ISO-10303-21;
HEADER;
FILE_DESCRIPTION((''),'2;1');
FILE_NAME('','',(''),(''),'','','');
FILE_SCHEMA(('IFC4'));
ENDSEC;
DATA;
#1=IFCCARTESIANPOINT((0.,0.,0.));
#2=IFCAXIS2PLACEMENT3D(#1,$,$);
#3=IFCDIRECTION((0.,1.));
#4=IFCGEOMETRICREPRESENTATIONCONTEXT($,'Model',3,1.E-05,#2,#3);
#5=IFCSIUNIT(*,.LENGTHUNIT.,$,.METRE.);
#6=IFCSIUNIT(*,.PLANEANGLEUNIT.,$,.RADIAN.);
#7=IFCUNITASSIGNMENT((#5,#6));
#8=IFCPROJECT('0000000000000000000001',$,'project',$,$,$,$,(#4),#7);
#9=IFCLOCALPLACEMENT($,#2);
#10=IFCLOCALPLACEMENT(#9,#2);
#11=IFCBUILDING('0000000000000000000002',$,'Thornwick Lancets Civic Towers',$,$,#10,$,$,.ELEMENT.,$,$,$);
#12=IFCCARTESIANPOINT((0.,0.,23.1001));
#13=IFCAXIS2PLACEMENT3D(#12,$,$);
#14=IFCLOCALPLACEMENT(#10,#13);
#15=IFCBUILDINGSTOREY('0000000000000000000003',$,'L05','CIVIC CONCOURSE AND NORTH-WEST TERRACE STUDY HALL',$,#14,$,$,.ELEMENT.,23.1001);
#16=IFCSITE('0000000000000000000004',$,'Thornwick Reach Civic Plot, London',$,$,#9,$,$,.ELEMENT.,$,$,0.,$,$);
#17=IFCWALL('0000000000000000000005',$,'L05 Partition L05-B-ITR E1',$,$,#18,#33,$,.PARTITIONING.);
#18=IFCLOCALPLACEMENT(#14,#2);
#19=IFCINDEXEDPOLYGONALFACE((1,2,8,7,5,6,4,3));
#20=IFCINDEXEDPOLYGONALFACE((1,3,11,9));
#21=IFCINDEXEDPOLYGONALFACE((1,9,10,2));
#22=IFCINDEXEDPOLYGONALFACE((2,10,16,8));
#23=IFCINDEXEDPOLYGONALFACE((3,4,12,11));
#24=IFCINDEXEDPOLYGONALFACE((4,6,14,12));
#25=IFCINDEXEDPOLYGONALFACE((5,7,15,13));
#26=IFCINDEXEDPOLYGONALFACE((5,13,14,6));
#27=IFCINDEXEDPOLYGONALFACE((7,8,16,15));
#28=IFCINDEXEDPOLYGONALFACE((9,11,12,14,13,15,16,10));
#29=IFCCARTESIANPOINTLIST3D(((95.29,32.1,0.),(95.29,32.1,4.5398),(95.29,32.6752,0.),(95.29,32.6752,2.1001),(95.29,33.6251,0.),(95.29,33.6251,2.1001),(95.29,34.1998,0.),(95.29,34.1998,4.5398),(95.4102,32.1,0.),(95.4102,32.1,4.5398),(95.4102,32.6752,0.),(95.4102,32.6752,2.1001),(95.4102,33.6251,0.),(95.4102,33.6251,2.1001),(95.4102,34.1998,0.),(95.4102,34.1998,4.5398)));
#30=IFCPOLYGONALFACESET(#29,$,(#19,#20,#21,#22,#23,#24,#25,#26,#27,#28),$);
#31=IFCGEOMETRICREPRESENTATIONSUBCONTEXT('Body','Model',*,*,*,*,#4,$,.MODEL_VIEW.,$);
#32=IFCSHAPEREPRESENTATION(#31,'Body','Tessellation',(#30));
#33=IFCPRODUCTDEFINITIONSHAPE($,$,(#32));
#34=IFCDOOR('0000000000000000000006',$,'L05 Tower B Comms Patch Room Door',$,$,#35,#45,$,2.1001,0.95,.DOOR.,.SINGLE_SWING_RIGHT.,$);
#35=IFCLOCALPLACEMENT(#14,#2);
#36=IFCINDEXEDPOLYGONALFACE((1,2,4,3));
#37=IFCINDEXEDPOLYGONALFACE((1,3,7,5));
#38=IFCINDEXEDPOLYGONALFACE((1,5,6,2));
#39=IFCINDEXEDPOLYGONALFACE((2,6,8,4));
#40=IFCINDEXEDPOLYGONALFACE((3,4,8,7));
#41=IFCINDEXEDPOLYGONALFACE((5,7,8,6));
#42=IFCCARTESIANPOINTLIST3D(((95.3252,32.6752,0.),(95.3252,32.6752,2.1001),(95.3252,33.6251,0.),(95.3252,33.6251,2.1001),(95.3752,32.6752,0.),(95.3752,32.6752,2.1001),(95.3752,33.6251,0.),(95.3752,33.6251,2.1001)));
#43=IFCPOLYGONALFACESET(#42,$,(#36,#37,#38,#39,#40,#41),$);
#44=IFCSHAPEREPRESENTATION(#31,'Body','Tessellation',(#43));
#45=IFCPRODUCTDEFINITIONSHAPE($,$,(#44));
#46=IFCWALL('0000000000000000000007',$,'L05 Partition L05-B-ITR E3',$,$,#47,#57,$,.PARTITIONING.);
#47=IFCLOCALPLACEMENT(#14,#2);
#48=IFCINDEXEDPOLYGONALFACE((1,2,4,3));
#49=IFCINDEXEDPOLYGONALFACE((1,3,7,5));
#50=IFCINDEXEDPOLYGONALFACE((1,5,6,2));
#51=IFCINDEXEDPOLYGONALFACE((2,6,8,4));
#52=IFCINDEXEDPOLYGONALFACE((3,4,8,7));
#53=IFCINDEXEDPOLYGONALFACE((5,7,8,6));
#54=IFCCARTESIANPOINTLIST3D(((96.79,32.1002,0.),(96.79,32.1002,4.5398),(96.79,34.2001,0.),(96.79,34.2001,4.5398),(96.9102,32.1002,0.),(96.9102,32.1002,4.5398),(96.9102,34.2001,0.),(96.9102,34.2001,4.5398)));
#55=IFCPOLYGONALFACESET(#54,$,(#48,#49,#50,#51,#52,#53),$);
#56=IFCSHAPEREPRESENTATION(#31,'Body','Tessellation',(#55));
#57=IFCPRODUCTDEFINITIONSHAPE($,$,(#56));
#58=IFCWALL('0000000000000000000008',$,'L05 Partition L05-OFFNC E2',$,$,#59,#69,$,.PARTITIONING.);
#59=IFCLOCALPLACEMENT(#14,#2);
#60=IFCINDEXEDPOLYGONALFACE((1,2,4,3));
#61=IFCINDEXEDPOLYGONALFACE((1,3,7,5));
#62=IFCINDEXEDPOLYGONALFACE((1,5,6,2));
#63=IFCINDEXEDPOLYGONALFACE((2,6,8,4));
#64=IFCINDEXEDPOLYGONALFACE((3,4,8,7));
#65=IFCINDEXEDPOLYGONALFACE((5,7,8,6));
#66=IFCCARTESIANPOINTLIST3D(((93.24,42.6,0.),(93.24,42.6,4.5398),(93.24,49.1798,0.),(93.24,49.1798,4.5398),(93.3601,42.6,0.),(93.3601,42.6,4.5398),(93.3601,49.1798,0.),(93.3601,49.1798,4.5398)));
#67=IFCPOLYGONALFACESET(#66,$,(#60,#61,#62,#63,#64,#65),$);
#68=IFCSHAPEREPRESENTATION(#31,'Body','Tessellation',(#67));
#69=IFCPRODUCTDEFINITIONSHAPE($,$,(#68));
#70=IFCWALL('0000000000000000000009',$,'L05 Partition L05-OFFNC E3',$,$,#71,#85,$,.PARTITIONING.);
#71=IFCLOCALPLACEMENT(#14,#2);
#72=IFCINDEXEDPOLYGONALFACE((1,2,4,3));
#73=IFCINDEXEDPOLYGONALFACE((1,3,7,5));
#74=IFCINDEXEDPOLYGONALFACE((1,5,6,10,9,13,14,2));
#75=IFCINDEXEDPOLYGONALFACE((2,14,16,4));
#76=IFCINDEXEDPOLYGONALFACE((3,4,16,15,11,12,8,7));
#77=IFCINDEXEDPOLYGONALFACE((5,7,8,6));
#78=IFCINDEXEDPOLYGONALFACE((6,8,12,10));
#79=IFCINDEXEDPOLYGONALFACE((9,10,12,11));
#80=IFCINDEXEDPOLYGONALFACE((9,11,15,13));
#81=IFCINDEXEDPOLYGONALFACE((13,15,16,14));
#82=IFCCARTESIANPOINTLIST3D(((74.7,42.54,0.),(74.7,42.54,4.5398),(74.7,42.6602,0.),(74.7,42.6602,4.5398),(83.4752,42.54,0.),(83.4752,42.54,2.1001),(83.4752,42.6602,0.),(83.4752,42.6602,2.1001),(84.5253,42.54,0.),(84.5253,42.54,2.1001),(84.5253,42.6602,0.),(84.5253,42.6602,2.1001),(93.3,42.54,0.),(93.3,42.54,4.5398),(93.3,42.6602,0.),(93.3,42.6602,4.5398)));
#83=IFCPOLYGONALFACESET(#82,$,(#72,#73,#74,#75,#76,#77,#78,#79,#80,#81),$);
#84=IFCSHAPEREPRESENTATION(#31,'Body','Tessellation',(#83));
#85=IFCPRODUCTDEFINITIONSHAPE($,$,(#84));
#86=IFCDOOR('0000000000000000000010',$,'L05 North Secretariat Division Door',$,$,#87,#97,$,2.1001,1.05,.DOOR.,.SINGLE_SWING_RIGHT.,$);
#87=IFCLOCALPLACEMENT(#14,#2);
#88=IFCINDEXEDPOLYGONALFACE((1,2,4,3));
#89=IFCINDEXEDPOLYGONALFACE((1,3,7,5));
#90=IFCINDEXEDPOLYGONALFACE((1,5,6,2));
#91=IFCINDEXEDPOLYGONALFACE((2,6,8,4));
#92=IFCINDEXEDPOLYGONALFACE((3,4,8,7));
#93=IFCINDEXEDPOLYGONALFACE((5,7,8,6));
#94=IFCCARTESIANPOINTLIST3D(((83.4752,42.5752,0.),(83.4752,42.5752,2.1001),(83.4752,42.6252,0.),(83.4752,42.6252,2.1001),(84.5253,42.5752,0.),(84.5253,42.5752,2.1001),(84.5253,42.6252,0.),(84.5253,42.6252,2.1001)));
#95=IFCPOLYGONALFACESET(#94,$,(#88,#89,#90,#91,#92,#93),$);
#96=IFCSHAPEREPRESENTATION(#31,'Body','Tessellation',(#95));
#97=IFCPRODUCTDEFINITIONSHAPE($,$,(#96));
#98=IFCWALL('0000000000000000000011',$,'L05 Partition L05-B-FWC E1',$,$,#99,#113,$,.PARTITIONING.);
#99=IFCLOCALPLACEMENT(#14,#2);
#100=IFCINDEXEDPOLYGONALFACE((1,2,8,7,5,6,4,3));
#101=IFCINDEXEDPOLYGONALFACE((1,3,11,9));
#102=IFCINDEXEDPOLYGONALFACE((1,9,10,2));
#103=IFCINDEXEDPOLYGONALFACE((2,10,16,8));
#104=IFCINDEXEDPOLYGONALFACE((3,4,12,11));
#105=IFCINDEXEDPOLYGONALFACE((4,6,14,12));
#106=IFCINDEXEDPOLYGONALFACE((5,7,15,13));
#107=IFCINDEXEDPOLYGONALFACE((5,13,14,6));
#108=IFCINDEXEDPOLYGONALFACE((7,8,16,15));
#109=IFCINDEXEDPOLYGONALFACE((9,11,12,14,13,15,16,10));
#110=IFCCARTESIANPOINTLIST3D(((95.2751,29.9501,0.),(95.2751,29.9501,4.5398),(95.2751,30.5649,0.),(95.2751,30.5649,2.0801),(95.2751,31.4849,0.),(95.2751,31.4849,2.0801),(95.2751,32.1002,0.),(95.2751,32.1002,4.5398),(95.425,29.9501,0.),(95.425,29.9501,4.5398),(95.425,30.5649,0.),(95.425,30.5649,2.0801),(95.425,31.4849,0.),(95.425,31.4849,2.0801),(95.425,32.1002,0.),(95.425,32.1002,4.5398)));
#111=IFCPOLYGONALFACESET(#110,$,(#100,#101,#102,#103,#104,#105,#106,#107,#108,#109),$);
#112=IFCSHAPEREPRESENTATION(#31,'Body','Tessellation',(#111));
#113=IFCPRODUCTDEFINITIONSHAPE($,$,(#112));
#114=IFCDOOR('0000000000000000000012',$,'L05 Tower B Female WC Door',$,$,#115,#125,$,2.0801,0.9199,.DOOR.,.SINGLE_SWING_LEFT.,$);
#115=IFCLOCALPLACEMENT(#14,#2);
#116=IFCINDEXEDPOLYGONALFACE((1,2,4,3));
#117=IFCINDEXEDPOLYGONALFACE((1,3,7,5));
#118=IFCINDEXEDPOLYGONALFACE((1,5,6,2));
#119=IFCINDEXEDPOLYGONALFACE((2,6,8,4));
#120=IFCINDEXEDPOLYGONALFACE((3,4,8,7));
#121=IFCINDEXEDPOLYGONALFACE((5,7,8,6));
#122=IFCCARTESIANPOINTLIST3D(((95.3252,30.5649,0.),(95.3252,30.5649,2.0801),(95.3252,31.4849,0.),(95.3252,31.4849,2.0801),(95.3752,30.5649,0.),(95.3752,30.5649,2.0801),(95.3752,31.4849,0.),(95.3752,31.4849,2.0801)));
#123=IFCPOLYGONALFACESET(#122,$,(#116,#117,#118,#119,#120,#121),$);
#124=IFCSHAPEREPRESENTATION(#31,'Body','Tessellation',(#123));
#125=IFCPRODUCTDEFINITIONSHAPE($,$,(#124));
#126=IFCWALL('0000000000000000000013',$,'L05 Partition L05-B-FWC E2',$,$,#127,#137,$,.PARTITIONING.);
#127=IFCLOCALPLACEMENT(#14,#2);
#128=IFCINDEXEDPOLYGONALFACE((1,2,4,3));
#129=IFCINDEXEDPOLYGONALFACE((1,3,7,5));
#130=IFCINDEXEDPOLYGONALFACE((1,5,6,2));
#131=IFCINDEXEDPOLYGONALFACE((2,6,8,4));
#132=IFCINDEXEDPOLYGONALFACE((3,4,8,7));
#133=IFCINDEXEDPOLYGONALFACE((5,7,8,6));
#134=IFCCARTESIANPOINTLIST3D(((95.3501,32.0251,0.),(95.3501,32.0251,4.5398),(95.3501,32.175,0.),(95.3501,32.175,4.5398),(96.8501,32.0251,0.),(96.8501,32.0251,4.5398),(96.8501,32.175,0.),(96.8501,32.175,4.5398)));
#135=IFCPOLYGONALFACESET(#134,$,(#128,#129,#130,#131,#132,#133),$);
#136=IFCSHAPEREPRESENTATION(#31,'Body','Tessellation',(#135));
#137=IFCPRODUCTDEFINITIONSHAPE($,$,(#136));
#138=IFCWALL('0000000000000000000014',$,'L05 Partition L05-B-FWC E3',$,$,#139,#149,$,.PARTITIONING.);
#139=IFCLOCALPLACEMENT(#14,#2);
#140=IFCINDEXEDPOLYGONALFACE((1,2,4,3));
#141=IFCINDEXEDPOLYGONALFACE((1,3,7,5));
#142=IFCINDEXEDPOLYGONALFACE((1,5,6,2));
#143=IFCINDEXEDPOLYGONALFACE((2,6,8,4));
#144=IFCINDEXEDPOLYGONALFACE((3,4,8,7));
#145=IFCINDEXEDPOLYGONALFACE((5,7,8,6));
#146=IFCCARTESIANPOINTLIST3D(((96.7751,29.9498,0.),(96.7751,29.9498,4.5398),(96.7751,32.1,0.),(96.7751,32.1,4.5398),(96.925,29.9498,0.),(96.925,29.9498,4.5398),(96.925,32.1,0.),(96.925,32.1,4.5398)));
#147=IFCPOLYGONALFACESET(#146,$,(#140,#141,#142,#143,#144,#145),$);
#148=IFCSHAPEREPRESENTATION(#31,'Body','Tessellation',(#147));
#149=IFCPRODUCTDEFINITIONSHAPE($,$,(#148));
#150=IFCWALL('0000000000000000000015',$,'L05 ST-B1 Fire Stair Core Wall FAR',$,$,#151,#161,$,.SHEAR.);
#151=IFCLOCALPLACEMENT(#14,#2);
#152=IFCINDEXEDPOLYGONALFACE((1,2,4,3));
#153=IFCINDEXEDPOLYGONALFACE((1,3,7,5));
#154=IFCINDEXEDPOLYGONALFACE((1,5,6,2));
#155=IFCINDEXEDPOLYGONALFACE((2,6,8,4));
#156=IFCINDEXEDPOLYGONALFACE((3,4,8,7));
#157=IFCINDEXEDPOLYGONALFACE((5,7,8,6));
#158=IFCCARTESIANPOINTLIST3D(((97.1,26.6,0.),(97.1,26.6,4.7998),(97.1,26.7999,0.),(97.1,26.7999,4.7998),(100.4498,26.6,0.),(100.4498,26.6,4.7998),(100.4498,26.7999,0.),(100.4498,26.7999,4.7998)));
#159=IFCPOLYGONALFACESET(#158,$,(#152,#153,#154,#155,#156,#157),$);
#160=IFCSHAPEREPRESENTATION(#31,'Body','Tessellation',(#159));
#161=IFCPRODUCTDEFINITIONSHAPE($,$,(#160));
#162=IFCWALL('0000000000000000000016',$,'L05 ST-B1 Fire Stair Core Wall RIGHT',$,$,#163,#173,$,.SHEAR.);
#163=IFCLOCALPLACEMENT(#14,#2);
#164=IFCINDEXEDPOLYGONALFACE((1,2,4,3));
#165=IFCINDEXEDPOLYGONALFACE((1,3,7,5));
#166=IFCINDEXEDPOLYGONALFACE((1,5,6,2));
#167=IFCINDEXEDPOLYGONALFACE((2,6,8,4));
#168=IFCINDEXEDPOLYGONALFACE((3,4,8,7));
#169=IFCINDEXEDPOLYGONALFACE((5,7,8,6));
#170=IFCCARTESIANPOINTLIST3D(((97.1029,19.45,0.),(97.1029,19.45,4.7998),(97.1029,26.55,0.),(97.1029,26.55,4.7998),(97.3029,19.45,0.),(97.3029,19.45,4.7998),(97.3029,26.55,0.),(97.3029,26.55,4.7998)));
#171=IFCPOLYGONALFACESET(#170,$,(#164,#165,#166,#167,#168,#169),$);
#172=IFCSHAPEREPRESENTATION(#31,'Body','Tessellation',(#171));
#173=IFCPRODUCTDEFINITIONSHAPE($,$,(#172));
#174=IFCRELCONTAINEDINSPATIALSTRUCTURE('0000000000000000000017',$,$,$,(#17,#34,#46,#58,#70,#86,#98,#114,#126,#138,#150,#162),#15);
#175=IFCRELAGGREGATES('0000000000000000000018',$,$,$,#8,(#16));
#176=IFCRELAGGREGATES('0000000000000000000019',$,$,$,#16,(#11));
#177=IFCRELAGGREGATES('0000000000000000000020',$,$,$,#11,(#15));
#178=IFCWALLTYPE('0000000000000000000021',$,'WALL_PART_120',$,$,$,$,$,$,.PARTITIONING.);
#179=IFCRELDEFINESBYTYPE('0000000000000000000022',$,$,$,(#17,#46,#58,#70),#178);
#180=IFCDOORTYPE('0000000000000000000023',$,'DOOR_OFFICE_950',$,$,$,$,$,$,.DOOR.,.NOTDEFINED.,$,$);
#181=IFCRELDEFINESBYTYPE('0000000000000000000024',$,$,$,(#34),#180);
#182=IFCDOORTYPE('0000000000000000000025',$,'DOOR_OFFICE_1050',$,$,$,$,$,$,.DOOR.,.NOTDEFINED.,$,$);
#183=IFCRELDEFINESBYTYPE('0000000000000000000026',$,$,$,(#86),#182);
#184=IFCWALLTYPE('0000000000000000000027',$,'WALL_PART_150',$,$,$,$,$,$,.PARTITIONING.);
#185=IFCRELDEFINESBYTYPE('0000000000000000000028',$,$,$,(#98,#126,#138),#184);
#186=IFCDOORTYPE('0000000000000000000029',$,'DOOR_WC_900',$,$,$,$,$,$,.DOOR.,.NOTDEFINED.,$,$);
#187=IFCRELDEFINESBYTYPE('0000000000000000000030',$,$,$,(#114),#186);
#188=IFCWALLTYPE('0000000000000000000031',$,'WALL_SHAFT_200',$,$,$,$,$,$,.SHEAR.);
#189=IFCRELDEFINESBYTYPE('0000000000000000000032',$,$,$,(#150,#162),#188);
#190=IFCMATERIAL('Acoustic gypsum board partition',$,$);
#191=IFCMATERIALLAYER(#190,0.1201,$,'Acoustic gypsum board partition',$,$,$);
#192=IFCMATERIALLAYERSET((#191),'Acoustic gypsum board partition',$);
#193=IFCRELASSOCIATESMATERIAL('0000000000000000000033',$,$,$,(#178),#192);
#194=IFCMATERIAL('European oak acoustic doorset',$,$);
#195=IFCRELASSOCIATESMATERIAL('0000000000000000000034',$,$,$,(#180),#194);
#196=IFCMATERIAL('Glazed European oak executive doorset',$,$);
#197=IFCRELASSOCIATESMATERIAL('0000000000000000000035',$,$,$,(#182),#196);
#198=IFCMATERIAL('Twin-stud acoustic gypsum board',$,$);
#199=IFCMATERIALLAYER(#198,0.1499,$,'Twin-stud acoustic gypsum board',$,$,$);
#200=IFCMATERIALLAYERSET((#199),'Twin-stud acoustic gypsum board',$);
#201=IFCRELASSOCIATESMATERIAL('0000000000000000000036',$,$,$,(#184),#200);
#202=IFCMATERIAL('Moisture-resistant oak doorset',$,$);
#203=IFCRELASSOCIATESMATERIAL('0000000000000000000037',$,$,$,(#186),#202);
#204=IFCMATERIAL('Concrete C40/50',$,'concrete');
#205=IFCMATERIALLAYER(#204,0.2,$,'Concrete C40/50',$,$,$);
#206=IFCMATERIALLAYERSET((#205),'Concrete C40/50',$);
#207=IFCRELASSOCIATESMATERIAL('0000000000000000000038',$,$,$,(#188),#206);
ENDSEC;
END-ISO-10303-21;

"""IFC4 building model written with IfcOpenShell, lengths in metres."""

from ifc_helpers import new_model, si_unit, direction, frame, frame_2d, origin, place, context, subcontext, project, spatial, rectangle, extrude, material, layer, layer_set, type_object, element, fill, save


model = new_model("IFC4")

# Units and contexts
model_context = context("Model", 3, precision=1e-05, world=origin(), true_north=direction((0.0, 1.0)))
body_context = subcontext(model_context, "Body", "Model", "MODEL_VIEW")
ifc_project = project(units=[si_unit("LENGTHUNIT", "METRE"), si_unit("PLANEANGLEUNIT", "RADIAN")], contexts=[model_context])

# Site, building, storey
site_placement = place(None, origin())
site = spatial("IfcSite", under=ifc_project, at=site_placement, Name="Thornwick Reach Civic Plot, London", CompositionType="ELEMENT", RefElevation=0.0)
building_placement = place(site_placement, origin())
building = spatial("IfcBuilding", under=site, at=building_placement, Name="Thornwick Lancets Civic Towers", CompositionType="ELEMENT")
storey_placement = place(building_placement, frame((0.0, 0.0, 23.1001)))
storey = spatial("IfcBuildingStorey", under=building, at=storey_placement, Name="L05", Description="CIVIC CONCOURSE AND NORTH-WEST TERRACE STUDY HALL", CompositionType="ELEMENT", Elevation=23.1001)

# Wall, opening, door
ifc_material_1 = material(Name="Acoustic gypsum board partition")
ifc_layer_1 = layer(ifc_material_1, 0.1201, Name="Acoustic gypsum board partition")
ifc_layer_set_1 = layer_set([ifc_layer_1], Name="Acoustic gypsum board partition")
wall_type_1 = type_object("IfcWallType", Name="WALL_PART_120", PredefinedType="PARTITIONING", material=ifc_layer_set_1)
wall_1_placement = place(storey_placement, frame((95.3501, 32.1001, 0.0), z_axis=(0.0, 0.0, 1.0), x_axis=(0.0, 1.0, 0.0)))
wall_1 = element("IfcWall", 1, at=wall_1_placement, inside=storey, type_object=wall_type_1, Name="L05 Partition L05-B-ITR E1", PredefinedType="PARTITIONING", context=body_context, shape_type="SweptSolid", body=[
    extrude(rectangle(XDim=2.0999, YDim=0.1201, at=frame_2d((1.0498, 0.0))), origin(), (0.0, 0.0, 1.0), 4.5398),
])
opening_1_placement = place(wall_1_placement, frame((0.575, 0.0, 0.0)))
opening_1 = element("IfcOpeningElement", 2, at=opening_1_placement, cuts=wall_1, PredefinedType="OPENING", context=body_context, shape_type="SweptSolid", body=[
    extrude(rectangle(XDim=0.95, YDim=2.1001, at=frame_2d((0.4751, 1.05))), frame((0.0, 0.0701, 0.0), z_axis=(0.0, -1.0, 0.0), x_axis=(1.0, 0.0, 0.0)), (0.0, 0.0, 1.0), 0.1401),
])
ifc_material_2 = material(Name="European oak acoustic doorset")
door_type_1 = type_object("IfcDoorType", Name="DOOR_OFFICE_950", OperationType="NOTDEFINED", PredefinedType="DOOR", material=ifc_material_2)
door_1_placement = place(opening_1_placement, origin())
door_1 = element("IfcDoor", 3, at=door_1_placement, inside=storey, type_object=door_type_1, Name="L05 Tower B Comms Patch Room Door", OperationType="SINGLE_SWING_RIGHT", OverallHeight=2.1001, OverallWidth=0.95, PredefinedType="DOOR", context=body_context, shape_type="SweptSolid", body=[
    extrude(rectangle(XDim=0.95, YDim=2.1001, at=frame_2d((0.4751, 1.05))), frame((0.0, 0.0249, 0.0), z_axis=(0.0, -1.0, 0.0), x_axis=(1.0, 0.0, 0.0)), (0.0, 0.0, 1.0), 0.05),
])
fill(opening_1, door_1)

# Walls
wall_2_placement = place(storey_placement, frame((96.8501, 34.2, 0.0), z_axis=(0.0, 0.0, 1.0), x_axis=(0.0, -1.0, 0.0)))
element("IfcWall", 4, at=wall_2_placement, inside=storey, type_object=wall_type_1, Name="L05 Partition L05-B-ITR E3", PredefinedType="PARTITIONING", context=body_context, shape_type="SweptSolid", body=[
    extrude(rectangle(XDim=2.0999, YDim=0.1201, at=frame_2d((1.0498, 0.0))), origin(), (0.0, 0.0, 1.0), 4.5398),
])
wall_3_placement = place(storey_placement, frame((93.3, 49.1799, 0.0), z_axis=(0.0, 0.0, 1.0), x_axis=(0.0, -1.0, 0.0)))
element("IfcWall", 5, at=wall_3_placement, inside=storey, type_object=wall_type_1, Name="L05 Partition L05-OFFNC E2", PredefinedType="PARTITIONING", context=body_context, shape_type="SweptSolid", body=[
    extrude(rectangle(XDim=6.5798, YDim=0.1201, at=frame_2d((3.29, 0.0))), origin(), (0.0, 0.0, 1.0), 4.5398),
])

# Walls, openings, doors
wall_4_placement = place(storey_placement, frame((93.3, 42.6001, 0.0), z_axis=(0.0, 0.0, 1.0), x_axis=(-1.0, 0.0, 0.0)))
wall_4 = element("IfcWall", 6, at=wall_4_placement, inside=storey, type_object=wall_type_1, Name="L05 Partition L05-OFFNC E3", PredefinedType="PARTITIONING", context=body_context, shape_type="SweptSolid", body=[
    extrude(rectangle(XDim=18.6001, YDim=0.1201, at=frame_2d((9.3, 0.0))), origin(), (0.0, 0.0, 1.0), 4.5398),
])
opening_2_placement = place(wall_4_placement, frame((8.7749, 0.0, 0.0)))
opening_2 = element("IfcOpeningElement", 7, at=opening_2_placement, cuts=wall_4, PredefinedType="OPENING", context=body_context, shape_type="SweptSolid", body=[
    extrude(rectangle(XDim=1.05, YDim=2.1001, at=frame_2d((0.5249, 1.05))), frame((0.0, 0.0701, 0.0), z_axis=(0.0, -1.0, 0.0), x_axis=(1.0, 0.0, 0.0)), (0.0, 0.0, 1.0), 0.1401),
])
ifc_material_3 = material(Name="Glazed European oak executive doorset")
door_type_2 = type_object("IfcDoorType", Name="DOOR_OFFICE_1050", OperationType="NOTDEFINED", PredefinedType="DOOR", material=ifc_material_3)
door_2_placement = place(opening_2_placement, origin())
door_2 = element("IfcDoor", 8, at=door_2_placement, inside=storey, type_object=door_type_2, Name="L05 North Secretariat Division Door", OperationType="SINGLE_SWING_RIGHT", OverallHeight=2.1001, OverallWidth=1.05, PredefinedType="DOOR", context=body_context, shape_type="SweptSolid", body=[
    extrude(rectangle(XDim=1.05, YDim=2.1001, at=frame_2d((0.5249, 1.05))), frame((0.0, 0.0249, 0.0), z_axis=(0.0, -1.0, 0.0), x_axis=(1.0, 0.0, 0.0)), (0.0, 0.0, 1.0), 0.05),
])
fill(opening_2, door_2)
ifc_material_4 = material(Name="Twin-stud acoustic gypsum board")
ifc_layer_2 = layer(ifc_material_4, 0.1499, Name="Twin-stud acoustic gypsum board")
ifc_layer_set_2 = layer_set([ifc_layer_2], Name="Twin-stud acoustic gypsum board")
wall_type_2 = type_object("IfcWallType", Name="WALL_PART_150", PredefinedType="PARTITIONING", material=ifc_layer_set_2)
wall_5_placement = place(storey_placement, frame((95.3501, 29.95, 0.0), z_axis=(0.0, 0.0, 1.0), x_axis=(0.0, 1.0, 0.0)))
wall_5 = element("IfcWall", 9, at=wall_5_placement, inside=storey, type_object=wall_type_2, Name="L05 Partition L05-B-FWC E1", PredefinedType="PARTITIONING", context=body_context, shape_type="SweptSolid", body=[
    extrude(rectangle(XDim=2.1501, YDim=0.1499, at=frame_2d((1.0752, 0.0))), origin(), (0.0, 0.0, 1.0), 4.5398),
])
opening_3_placement = place(wall_5_placement, frame((0.615, 0.0, 0.0)))
opening_3 = element("IfcOpeningElement", 10, at=opening_3_placement, cuts=wall_5, PredefinedType="OPENING", context=body_context, shape_type="SweptSolid", body=[
    extrude(rectangle(XDim=0.9199, YDim=2.0801, at=frame_2d((0.46, 1.04))), frame((0.0, 0.085, 0.0), z_axis=(0.0, -1.0, 0.0), x_axis=(1.0, 0.0, 0.0)), (0.0, 0.0, 1.0), 0.1699),
])
ifc_material_5 = material(Name="Moisture-resistant oak doorset")
door_type_3 = type_object("IfcDoorType", Name="DOOR_WC_900", OperationType="NOTDEFINED", PredefinedType="DOOR", material=ifc_material_5)
door_3_placement = place(opening_3_placement, origin())
door_3 = element("IfcDoor", 11, at=door_3_placement, inside=storey, type_object=door_type_3, Name="L05 Tower B Female WC Door", OperationType="SINGLE_SWING_LEFT", OverallHeight=2.0801, OverallWidth=0.9199, PredefinedType="DOOR", context=body_context, shape_type="SweptSolid", body=[
    extrude(rectangle(XDim=0.9199, YDim=2.0801, at=frame_2d((0.46, 1.04))), frame((0.0, 0.0249, 0.0), z_axis=(0.0, -1.0, 0.0), x_axis=(1.0, 0.0, 0.0)), (0.0, 0.0, 1.0), 0.05),
])
fill(opening_3, door_3)

# Walls
wall_6_placement = place(storey_placement, frame((95.3501, 32.1001, 0.0), z_axis=(0.0, 0.0, 1.0), x_axis=(1.0, 0.0, 0.0)))
element("IfcWall", 12, at=wall_6_placement, inside=storey, type_object=wall_type_2, Name="L05 Partition L05-B-FWC E2", PredefinedType="PARTITIONING", context=body_context, shape_type="SweptSolid", body=[
    extrude(rectangle(XDim=1.5, YDim=0.1499, at=frame_2d((0.75, 0.0))), origin(), (0.0, 0.0, 1.0), 4.5398),
])
wall_7_placement = place(storey_placement, frame((96.8501, 32.1001, 0.0), z_axis=(0.0, 0.0, 1.0), x_axis=(0.0, -1.0, 0.0)))
element("IfcWall", 13, at=wall_7_placement, inside=storey, type_object=wall_type_2, Name="L05 Partition L05-B-FWC E3", PredefinedType="PARTITIONING", context=body_context, shape_type="SweptSolid", body=[
    extrude(rectangle(XDim=2.1501, YDim=0.1499, at=frame_2d((1.0752, 0.0))), origin(), (0.0, 0.0, 1.0), 4.5398),
])
ifc_material_6 = material(Name="Concrete C40/50", Category="concrete")
ifc_layer_3 = layer(ifc_material_6, 0.2, Name="Concrete C40/50")
ifc_layer_set_3 = layer_set([ifc_layer_3], Name="Concrete C40/50")
wall_type_3 = type_object("IfcWallType", Name="WALL_SHAFT_200", PredefinedType="SHEAR", material=ifc_layer_set_3)
wall_8_placement = place(storey_placement, frame((97.1001, 26.7, 0.0), z_axis=(0.0, 0.0, 1.0), x_axis=(1.0, 0.0, 0.0)))
element("IfcWall", 14, at=wall_8_placement, inside=storey, type_object=wall_type_3, Name="L05 ST-B1 Fire Stair Core Wall FAR", PredefinedType="SHEAR", context=body_context, shape_type="SweptSolid", body=[
    extrude(rectangle(XDim=3.3499, YDim=0.2, at=frame_2d((1.6748, 0.0))), origin(), (0.0, 0.0, 1.0), 4.7998),
])
wall_9_placement = place(storey_placement, frame((97.2029, 26.55, 0.0), z_axis=(0.0, 0.0, 1.0), x_axis=(0.0, -1.0, 0.0)))
element("IfcWall", 15, at=wall_9_placement, inside=storey, type_object=wall_type_3, Name="L05 ST-B1 Fire Stair Core Wall RIGHT", PredefinedType="SHEAR", context=body_context, shape_type="SweptSolid", body=[
    extrude(rectangle(XDim=7.1001, YDim=0.2, at=frame_2d((3.55, 0.0))), origin(), (0.0, 0.0, 1.0), 4.7998),
])

save(model, "model.ifc")
